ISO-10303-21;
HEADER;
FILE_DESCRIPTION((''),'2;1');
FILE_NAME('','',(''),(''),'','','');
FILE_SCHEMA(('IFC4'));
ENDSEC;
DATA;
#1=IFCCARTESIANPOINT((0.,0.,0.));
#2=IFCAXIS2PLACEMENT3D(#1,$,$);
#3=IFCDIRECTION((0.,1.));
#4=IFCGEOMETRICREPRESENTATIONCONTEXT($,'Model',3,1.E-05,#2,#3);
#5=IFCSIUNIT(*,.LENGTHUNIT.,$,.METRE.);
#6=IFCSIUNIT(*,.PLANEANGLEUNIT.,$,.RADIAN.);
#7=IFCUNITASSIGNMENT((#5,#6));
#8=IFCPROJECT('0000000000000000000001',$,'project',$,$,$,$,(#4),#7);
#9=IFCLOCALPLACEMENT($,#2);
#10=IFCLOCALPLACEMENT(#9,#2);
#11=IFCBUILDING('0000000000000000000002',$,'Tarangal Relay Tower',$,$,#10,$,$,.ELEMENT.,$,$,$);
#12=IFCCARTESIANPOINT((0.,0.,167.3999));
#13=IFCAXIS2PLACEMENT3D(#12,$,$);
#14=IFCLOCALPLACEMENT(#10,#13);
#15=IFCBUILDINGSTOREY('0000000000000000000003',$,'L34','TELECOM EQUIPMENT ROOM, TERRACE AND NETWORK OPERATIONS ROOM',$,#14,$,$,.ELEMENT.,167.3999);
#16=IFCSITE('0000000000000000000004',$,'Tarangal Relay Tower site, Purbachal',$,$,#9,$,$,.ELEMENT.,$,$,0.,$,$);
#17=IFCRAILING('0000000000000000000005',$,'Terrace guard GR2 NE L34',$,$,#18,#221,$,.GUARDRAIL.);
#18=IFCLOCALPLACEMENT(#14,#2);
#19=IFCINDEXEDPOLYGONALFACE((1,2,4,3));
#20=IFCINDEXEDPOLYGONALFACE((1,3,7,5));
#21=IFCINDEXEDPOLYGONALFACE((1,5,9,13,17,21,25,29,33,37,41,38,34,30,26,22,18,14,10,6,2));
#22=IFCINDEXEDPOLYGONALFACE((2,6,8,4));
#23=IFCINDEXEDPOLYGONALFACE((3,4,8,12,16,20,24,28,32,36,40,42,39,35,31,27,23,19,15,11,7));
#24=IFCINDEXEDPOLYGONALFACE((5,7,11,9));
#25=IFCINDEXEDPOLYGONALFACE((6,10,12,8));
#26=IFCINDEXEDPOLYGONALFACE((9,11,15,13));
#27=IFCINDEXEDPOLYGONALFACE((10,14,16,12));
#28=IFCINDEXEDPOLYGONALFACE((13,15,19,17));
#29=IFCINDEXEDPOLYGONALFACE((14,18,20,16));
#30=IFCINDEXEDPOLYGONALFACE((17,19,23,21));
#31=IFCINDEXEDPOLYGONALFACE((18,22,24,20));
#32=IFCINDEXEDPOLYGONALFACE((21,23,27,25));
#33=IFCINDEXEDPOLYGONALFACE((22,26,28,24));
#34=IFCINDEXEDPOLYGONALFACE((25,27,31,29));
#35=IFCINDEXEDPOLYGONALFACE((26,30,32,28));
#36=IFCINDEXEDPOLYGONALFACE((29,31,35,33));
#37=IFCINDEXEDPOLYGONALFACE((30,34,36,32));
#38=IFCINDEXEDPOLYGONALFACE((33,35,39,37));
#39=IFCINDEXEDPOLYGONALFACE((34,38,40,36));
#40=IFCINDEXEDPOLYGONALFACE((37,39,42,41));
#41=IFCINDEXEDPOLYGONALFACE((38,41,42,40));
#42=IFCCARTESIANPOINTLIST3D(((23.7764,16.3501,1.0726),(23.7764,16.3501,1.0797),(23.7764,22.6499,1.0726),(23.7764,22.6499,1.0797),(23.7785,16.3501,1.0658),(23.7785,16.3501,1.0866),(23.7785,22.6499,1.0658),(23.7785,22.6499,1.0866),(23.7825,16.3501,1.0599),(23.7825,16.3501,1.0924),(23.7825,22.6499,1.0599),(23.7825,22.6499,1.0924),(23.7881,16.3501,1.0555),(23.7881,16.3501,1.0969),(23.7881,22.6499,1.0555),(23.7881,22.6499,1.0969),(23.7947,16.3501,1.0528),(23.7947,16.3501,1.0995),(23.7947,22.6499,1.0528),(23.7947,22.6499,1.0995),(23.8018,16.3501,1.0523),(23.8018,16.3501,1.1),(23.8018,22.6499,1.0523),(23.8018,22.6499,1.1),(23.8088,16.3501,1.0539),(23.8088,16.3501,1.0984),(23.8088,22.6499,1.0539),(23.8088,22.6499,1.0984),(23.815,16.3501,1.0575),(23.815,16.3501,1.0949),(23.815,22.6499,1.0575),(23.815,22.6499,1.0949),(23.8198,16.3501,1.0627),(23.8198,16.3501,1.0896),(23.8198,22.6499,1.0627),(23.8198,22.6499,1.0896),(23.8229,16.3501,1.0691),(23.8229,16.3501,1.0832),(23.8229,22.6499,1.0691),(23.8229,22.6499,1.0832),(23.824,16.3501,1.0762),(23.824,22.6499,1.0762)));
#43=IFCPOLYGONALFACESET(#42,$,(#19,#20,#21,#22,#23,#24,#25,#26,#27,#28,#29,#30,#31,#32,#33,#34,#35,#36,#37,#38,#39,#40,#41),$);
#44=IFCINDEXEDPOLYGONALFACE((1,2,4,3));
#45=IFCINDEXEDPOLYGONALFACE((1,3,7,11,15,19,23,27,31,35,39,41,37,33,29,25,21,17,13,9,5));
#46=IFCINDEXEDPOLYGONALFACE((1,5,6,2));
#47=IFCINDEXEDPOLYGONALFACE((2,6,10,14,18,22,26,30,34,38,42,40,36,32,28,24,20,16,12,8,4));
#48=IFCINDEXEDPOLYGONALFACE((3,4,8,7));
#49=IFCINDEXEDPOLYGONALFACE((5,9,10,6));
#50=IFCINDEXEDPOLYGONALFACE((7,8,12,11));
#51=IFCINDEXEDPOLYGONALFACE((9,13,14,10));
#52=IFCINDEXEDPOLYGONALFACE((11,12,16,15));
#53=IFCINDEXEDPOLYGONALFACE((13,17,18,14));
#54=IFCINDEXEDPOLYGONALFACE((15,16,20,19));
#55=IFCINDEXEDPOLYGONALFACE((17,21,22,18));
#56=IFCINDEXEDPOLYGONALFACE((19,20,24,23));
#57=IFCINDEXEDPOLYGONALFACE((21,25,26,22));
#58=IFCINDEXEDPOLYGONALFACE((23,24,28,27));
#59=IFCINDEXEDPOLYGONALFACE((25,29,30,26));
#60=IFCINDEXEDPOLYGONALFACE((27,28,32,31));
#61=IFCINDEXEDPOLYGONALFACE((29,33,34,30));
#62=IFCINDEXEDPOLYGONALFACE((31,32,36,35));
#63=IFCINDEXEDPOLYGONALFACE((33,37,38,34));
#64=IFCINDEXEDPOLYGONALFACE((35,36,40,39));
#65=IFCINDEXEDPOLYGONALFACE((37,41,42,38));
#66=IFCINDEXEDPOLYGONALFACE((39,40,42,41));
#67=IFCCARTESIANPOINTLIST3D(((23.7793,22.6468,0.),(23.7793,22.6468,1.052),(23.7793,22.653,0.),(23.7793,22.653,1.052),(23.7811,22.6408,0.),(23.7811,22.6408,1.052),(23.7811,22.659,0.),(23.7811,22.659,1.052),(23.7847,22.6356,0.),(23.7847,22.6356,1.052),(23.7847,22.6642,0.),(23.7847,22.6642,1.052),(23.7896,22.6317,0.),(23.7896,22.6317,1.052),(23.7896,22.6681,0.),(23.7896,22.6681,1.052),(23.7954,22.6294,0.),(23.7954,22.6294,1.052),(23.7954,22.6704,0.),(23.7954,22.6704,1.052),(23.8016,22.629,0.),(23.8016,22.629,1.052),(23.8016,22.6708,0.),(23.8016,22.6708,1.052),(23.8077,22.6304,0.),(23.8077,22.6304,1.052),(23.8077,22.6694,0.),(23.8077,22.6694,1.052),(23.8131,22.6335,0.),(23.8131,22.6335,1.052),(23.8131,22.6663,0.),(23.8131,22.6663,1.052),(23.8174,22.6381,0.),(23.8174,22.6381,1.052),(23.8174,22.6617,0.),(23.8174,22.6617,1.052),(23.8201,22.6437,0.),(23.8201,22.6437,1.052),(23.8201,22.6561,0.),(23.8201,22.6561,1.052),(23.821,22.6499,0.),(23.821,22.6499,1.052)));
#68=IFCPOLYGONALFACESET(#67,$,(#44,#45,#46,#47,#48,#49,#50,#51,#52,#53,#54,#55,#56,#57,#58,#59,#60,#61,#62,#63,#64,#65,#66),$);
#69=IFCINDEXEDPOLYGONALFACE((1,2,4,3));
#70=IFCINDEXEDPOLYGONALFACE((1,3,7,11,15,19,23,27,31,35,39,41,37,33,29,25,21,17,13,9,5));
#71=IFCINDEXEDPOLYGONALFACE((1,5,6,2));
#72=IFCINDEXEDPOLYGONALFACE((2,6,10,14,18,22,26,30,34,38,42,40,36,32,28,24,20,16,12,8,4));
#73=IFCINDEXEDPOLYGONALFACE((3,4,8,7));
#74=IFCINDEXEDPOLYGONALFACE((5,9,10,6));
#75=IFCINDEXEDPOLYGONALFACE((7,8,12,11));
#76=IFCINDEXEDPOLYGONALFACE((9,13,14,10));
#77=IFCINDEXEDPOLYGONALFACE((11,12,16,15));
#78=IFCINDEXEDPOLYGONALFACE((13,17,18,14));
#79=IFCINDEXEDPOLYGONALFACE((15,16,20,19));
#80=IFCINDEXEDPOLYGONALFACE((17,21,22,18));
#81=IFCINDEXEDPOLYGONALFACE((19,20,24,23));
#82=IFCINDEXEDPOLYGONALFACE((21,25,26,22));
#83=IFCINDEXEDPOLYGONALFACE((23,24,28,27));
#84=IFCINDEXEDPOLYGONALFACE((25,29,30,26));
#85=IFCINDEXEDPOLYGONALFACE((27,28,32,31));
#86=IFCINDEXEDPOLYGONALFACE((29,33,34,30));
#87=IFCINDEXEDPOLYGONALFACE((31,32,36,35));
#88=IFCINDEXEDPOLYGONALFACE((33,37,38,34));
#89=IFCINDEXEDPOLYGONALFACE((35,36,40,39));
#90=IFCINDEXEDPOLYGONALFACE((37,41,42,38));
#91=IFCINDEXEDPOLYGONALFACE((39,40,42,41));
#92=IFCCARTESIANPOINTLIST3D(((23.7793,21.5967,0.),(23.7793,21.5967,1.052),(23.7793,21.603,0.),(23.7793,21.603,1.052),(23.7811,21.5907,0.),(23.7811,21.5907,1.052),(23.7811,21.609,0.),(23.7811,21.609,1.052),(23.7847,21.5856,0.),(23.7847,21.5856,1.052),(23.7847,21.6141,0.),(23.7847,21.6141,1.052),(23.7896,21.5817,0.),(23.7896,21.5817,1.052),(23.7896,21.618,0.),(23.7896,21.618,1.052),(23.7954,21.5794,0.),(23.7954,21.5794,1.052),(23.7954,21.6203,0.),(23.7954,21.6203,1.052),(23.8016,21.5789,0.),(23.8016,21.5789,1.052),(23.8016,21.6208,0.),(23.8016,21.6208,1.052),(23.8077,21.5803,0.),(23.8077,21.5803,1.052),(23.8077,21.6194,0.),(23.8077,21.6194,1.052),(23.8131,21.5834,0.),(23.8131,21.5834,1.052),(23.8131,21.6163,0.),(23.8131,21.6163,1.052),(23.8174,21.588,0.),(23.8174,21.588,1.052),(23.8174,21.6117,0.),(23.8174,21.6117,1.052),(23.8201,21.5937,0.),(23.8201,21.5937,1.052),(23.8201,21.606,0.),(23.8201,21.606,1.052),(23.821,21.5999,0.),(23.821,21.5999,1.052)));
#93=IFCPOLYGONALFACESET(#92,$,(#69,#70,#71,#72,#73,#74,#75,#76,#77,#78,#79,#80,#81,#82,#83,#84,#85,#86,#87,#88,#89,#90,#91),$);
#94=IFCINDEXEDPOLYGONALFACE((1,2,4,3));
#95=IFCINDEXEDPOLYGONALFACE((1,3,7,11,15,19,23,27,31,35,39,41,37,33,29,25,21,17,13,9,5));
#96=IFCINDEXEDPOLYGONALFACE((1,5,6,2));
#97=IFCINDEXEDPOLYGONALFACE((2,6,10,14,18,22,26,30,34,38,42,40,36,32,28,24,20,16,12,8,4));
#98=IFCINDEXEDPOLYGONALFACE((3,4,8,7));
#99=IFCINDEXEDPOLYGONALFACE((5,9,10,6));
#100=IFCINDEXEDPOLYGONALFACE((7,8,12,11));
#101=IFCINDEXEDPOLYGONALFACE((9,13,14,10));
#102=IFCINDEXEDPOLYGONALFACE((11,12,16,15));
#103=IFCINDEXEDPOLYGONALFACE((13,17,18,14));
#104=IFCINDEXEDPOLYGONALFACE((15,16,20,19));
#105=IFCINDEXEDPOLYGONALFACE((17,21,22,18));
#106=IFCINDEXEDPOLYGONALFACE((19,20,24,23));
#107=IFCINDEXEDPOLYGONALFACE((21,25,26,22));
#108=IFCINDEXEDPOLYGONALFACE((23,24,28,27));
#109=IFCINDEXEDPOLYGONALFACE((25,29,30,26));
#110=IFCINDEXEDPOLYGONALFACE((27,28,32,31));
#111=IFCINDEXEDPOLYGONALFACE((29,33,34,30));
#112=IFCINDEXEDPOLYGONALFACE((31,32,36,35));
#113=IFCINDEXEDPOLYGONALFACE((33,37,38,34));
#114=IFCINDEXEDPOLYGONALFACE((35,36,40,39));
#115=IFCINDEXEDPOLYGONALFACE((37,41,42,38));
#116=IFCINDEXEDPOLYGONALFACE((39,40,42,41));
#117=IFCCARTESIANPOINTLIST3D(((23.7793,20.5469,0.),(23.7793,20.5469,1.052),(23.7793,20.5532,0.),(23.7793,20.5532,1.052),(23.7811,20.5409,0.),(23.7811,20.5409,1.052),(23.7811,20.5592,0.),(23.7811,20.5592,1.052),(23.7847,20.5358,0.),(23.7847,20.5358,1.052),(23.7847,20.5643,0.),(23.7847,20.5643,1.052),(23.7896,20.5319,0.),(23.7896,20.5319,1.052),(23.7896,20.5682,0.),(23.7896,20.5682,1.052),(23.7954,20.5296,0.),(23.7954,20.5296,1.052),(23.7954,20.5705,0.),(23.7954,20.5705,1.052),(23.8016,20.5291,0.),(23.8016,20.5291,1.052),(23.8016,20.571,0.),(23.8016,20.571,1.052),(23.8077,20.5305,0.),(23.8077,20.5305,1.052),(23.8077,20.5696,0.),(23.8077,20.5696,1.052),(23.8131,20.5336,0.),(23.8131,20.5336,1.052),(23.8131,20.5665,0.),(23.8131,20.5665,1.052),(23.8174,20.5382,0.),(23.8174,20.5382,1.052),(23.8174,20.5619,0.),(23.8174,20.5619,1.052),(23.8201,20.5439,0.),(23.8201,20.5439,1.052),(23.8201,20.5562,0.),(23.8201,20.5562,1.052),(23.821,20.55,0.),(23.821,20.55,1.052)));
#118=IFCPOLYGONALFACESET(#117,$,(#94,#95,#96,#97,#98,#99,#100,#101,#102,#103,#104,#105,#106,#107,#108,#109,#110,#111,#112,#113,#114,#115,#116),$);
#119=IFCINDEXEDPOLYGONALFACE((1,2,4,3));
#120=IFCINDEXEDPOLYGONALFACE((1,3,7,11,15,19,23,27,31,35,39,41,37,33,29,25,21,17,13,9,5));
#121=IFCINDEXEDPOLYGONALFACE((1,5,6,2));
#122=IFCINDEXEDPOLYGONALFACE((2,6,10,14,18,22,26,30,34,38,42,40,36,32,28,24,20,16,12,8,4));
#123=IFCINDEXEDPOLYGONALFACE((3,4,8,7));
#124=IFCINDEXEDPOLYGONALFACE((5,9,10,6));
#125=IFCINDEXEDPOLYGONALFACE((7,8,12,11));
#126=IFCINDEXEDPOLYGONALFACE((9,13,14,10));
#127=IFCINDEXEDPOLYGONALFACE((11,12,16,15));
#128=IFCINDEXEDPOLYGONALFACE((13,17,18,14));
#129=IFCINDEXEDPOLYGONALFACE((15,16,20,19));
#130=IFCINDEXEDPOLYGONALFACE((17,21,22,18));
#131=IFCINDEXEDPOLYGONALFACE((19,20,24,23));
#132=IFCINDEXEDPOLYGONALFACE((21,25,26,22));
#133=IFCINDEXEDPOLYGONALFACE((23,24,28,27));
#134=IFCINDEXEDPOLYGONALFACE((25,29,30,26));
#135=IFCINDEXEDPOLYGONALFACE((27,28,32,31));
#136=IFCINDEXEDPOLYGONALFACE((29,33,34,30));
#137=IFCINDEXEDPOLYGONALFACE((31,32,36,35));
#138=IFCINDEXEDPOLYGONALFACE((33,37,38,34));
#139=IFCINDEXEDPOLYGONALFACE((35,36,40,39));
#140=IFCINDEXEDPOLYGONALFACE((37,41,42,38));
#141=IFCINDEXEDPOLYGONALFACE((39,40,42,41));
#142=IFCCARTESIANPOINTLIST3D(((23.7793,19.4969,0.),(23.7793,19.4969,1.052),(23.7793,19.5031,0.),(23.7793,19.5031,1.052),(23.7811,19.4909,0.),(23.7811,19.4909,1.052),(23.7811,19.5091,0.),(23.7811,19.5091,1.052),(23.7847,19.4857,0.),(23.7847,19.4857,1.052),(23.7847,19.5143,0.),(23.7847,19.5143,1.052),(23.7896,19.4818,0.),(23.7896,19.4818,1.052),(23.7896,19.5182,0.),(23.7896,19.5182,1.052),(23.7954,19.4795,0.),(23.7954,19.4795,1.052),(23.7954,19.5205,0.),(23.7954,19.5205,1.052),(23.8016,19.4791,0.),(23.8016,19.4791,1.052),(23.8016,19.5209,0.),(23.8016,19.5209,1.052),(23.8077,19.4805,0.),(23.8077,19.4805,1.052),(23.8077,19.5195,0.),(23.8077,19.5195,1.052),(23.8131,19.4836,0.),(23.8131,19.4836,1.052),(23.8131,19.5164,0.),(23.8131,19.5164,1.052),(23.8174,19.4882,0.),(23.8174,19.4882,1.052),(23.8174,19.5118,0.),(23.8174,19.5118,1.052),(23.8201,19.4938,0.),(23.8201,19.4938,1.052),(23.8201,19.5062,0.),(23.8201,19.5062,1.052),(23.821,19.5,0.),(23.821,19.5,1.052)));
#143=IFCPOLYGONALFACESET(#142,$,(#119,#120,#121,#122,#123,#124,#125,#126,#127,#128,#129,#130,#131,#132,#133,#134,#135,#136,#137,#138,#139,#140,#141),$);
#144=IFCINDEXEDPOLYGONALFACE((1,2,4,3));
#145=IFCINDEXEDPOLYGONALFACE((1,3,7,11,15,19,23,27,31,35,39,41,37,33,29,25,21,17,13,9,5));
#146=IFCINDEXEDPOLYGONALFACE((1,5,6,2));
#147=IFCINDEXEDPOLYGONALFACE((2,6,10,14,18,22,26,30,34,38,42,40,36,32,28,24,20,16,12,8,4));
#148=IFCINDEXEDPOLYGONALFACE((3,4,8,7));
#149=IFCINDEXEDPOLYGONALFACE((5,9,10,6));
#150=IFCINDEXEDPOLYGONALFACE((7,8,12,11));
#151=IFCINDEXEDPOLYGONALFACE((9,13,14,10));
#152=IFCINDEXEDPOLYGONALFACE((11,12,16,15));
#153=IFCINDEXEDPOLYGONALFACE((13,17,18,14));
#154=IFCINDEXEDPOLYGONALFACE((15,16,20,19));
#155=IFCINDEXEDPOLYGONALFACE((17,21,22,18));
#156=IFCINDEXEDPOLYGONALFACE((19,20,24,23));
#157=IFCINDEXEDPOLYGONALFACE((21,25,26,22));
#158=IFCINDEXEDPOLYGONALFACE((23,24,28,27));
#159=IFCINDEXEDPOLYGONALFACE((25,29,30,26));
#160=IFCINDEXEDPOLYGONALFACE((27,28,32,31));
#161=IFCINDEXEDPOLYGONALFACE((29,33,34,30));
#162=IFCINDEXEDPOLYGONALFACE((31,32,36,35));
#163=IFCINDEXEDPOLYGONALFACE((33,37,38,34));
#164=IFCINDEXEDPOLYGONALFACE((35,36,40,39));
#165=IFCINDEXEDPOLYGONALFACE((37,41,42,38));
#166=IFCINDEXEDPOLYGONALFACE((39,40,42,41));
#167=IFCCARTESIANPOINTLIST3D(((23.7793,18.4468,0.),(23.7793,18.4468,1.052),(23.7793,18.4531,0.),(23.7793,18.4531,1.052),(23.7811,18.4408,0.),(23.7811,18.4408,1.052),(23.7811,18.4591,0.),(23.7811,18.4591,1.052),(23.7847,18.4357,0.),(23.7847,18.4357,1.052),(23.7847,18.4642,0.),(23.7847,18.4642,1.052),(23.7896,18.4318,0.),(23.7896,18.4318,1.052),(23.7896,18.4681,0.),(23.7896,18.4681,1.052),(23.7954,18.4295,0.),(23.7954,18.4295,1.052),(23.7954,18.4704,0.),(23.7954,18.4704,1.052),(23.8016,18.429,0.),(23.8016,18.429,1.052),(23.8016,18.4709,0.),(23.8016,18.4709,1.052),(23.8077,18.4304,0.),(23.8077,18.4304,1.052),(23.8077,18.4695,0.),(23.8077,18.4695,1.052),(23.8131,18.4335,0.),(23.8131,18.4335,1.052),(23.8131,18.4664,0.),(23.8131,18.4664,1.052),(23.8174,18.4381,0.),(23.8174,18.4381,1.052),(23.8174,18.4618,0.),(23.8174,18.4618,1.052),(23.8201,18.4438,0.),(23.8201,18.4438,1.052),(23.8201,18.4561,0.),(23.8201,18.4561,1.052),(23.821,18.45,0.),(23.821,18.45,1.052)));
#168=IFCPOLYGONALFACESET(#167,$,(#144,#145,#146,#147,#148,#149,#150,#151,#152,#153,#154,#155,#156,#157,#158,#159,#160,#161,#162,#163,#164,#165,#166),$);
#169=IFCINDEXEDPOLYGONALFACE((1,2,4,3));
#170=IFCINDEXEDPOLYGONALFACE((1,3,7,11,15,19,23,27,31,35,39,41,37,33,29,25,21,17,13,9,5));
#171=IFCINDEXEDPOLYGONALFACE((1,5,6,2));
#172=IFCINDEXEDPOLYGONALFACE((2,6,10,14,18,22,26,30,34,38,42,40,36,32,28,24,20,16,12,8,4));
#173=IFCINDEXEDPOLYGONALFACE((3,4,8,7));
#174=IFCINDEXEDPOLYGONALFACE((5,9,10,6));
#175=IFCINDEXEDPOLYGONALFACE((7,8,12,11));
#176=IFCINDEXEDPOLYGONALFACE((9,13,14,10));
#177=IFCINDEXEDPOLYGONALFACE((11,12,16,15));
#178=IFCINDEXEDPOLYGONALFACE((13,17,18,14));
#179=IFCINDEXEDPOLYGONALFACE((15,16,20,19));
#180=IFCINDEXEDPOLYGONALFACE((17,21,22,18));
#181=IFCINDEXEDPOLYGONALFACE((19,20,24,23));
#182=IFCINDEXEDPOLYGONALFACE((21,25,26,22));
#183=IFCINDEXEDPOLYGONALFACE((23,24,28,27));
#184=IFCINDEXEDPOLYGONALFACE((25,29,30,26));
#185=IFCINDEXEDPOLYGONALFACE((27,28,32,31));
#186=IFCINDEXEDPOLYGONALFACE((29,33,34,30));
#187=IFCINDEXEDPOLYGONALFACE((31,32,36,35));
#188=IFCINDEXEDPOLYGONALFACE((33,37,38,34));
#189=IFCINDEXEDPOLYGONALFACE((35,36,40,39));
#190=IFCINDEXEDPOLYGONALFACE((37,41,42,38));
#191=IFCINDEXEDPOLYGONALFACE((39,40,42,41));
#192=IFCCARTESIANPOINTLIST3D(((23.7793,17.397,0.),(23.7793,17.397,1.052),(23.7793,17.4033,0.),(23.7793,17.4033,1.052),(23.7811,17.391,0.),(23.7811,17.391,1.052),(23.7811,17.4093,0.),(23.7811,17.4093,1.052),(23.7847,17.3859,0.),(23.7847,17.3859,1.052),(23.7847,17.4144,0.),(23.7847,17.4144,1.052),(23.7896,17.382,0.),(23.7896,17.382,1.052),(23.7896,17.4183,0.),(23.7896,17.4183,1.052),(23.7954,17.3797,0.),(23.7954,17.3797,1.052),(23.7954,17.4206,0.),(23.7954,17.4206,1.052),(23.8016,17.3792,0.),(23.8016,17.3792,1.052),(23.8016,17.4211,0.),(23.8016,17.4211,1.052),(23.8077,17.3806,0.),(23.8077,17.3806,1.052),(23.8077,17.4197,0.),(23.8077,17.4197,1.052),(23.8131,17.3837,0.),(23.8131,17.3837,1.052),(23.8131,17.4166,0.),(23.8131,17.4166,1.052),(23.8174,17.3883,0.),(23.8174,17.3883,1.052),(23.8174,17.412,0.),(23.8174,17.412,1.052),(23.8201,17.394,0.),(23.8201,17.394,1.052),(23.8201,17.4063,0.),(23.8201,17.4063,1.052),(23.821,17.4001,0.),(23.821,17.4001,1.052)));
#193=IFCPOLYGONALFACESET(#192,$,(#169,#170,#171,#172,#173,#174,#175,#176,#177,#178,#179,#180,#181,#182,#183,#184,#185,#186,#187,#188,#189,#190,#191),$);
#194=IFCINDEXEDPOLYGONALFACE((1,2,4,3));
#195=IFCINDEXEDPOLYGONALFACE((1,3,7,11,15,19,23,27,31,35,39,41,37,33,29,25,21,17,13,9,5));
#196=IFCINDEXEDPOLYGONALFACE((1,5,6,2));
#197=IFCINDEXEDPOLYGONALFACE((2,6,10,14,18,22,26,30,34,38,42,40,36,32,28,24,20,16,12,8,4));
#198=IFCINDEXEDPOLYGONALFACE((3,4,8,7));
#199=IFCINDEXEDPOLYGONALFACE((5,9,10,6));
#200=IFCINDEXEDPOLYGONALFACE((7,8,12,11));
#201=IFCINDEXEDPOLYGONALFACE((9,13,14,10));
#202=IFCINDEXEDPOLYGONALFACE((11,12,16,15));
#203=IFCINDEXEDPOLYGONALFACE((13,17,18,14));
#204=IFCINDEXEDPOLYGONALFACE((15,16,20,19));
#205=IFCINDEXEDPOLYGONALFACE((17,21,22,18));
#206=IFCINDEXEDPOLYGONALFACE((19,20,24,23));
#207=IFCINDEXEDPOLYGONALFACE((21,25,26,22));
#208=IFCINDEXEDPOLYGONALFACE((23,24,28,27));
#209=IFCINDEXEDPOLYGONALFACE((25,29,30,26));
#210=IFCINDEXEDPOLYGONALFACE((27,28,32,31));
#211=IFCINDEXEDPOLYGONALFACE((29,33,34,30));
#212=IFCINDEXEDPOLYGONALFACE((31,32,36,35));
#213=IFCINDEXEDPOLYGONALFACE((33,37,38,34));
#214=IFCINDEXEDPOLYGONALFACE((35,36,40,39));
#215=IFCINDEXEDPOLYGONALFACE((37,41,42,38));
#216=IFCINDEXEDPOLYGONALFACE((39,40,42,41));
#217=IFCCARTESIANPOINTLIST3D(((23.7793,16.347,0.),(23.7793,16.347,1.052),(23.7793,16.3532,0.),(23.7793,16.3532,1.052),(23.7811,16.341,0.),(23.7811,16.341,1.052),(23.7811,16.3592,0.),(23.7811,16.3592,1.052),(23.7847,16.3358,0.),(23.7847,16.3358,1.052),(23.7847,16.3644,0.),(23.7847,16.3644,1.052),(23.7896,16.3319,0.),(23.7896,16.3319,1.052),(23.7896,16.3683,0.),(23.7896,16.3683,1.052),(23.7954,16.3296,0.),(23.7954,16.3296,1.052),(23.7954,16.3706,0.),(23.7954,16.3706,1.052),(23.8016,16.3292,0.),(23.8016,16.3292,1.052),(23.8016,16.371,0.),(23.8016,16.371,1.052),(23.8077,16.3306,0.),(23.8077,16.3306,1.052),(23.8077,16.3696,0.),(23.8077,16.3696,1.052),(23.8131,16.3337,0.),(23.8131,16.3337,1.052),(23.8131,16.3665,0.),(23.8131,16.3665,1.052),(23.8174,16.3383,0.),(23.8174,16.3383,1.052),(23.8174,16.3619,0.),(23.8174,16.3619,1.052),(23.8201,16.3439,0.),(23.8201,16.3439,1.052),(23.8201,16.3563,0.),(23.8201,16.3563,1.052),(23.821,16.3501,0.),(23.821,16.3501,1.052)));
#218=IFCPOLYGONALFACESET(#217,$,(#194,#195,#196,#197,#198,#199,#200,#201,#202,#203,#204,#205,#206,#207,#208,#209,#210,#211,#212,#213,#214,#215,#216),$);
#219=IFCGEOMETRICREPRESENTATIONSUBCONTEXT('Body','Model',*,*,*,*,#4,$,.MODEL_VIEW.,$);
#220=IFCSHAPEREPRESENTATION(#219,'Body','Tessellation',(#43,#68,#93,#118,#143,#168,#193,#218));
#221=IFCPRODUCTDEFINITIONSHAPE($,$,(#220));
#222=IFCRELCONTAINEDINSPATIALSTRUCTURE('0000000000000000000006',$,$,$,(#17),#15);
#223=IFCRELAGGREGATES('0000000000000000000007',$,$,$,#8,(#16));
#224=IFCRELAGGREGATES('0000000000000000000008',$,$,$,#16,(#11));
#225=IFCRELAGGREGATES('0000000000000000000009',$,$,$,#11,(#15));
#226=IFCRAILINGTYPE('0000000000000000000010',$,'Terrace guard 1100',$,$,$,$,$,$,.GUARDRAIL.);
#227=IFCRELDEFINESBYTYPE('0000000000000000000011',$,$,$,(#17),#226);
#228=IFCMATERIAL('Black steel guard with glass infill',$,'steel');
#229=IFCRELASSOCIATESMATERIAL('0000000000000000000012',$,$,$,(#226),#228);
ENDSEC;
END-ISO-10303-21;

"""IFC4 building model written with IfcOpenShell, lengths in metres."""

from ifc_helpers import new_model, si_unit, direction, frame, origin, origin_2d, place, context, subcontext, project, spatial, circle, extrude, material, type_object, element, save


model = new_model("IFC4")

# Units and contexts
model_context = context("Model", 3, precision=1e-05, world=origin(), true_north=direction((0.0, 1.0)))
body_context = subcontext(model_context, "Body", "Model", "MODEL_VIEW")
ifc_project = project(units=[si_unit("LENGTHUNIT", "METRE"), si_unit("PLANEANGLEUNIT", "RADIAN")], contexts=[model_context])

# Site, building, storey
site_placement = place(None, origin())
site = spatial("IfcSite", under=ifc_project, at=site_placement, Name="Tarangal Relay Tower site, Purbachal", CompositionType="ELEMENT", RefElevation=0.0)
building_placement = place(site_placement, origin())
building = spatial("IfcBuilding", under=site, at=building_placement, Name="Tarangal Relay Tower", CompositionType="ELEMENT")
storey_placement = place(building_placement, frame((0.0, 0.0, 167.3999)))
storey = spatial("IfcBuildingStorey", under=building, at=storey_placement, Name="L34", Description="TELECOM EQUIPMENT ROOM, TERRACE AND NETWORK OPERATIONS ROOM", CompositionType="ELEMENT", Elevation=167.3999)

# Railing
ifc_material_1 = material(Name="Black steel guard with glass infill", Category="steel")
railing_type = type_object("IfcRailingType", Name="Terrace guard 1100", PredefinedType="GUARDRAIL", material=ifc_material_1)
railing_1_placement = place(storey_placement, frame((23.8, 22.6499, 0.0)))
element("IfcRailing", 1, at=railing_1_placement, inside=storey, type_object=railing_type, Name="Terrace guard GR2 NE L34", PredefinedType="GUARDRAIL", context=body_context, shape_type="SweptSolid", body=[
    extrude(circle(Radius=0.0239, at=origin_2d()), frame((0.0, 0.0, 1.0762), z_axis=(0.0, -1.0, 0.0), x_axis=(1.0, 0.0, 0.0)), (0.0, 0.0, 1.0), 6.2998),
    extrude(circle(Radius=0.021, at=origin_2d()), origin(), (0.0, 0.0, 1.0), 1.052),
    extrude(circle(Radius=0.021, at=origin_2d()), frame((0.0, -1.05, 0.0)), (0.0, 0.0, 1.0), 1.052),
    extrude(circle(Radius=0.021, at=origin_2d()), frame((0.0, -2.0999, 0.0)), (0.0, 0.0, 1.0), 1.052),
    extrude(circle(Radius=0.021, at=origin_2d()), frame((0.0, -3.1499, 0.0)), (0.0, 0.0, 1.0), 1.052),
    extrude(circle(Radius=0.021, at=origin_2d()), frame((0.0, -4.2, 0.0)), (0.0, 0.0, 1.0), 1.052),
    extrude(circle(Radius=0.021, at=origin_2d()), frame((0.0, -5.2498, 0.0)), (0.0, 0.0, 1.0), 1.052),
    extrude(circle(Radius=0.021, at=origin_2d()), frame((0.0, -6.2998, 0.0)), (0.0, 0.0, 1.0), 1.052),
])

save(model, "model.ifc")
